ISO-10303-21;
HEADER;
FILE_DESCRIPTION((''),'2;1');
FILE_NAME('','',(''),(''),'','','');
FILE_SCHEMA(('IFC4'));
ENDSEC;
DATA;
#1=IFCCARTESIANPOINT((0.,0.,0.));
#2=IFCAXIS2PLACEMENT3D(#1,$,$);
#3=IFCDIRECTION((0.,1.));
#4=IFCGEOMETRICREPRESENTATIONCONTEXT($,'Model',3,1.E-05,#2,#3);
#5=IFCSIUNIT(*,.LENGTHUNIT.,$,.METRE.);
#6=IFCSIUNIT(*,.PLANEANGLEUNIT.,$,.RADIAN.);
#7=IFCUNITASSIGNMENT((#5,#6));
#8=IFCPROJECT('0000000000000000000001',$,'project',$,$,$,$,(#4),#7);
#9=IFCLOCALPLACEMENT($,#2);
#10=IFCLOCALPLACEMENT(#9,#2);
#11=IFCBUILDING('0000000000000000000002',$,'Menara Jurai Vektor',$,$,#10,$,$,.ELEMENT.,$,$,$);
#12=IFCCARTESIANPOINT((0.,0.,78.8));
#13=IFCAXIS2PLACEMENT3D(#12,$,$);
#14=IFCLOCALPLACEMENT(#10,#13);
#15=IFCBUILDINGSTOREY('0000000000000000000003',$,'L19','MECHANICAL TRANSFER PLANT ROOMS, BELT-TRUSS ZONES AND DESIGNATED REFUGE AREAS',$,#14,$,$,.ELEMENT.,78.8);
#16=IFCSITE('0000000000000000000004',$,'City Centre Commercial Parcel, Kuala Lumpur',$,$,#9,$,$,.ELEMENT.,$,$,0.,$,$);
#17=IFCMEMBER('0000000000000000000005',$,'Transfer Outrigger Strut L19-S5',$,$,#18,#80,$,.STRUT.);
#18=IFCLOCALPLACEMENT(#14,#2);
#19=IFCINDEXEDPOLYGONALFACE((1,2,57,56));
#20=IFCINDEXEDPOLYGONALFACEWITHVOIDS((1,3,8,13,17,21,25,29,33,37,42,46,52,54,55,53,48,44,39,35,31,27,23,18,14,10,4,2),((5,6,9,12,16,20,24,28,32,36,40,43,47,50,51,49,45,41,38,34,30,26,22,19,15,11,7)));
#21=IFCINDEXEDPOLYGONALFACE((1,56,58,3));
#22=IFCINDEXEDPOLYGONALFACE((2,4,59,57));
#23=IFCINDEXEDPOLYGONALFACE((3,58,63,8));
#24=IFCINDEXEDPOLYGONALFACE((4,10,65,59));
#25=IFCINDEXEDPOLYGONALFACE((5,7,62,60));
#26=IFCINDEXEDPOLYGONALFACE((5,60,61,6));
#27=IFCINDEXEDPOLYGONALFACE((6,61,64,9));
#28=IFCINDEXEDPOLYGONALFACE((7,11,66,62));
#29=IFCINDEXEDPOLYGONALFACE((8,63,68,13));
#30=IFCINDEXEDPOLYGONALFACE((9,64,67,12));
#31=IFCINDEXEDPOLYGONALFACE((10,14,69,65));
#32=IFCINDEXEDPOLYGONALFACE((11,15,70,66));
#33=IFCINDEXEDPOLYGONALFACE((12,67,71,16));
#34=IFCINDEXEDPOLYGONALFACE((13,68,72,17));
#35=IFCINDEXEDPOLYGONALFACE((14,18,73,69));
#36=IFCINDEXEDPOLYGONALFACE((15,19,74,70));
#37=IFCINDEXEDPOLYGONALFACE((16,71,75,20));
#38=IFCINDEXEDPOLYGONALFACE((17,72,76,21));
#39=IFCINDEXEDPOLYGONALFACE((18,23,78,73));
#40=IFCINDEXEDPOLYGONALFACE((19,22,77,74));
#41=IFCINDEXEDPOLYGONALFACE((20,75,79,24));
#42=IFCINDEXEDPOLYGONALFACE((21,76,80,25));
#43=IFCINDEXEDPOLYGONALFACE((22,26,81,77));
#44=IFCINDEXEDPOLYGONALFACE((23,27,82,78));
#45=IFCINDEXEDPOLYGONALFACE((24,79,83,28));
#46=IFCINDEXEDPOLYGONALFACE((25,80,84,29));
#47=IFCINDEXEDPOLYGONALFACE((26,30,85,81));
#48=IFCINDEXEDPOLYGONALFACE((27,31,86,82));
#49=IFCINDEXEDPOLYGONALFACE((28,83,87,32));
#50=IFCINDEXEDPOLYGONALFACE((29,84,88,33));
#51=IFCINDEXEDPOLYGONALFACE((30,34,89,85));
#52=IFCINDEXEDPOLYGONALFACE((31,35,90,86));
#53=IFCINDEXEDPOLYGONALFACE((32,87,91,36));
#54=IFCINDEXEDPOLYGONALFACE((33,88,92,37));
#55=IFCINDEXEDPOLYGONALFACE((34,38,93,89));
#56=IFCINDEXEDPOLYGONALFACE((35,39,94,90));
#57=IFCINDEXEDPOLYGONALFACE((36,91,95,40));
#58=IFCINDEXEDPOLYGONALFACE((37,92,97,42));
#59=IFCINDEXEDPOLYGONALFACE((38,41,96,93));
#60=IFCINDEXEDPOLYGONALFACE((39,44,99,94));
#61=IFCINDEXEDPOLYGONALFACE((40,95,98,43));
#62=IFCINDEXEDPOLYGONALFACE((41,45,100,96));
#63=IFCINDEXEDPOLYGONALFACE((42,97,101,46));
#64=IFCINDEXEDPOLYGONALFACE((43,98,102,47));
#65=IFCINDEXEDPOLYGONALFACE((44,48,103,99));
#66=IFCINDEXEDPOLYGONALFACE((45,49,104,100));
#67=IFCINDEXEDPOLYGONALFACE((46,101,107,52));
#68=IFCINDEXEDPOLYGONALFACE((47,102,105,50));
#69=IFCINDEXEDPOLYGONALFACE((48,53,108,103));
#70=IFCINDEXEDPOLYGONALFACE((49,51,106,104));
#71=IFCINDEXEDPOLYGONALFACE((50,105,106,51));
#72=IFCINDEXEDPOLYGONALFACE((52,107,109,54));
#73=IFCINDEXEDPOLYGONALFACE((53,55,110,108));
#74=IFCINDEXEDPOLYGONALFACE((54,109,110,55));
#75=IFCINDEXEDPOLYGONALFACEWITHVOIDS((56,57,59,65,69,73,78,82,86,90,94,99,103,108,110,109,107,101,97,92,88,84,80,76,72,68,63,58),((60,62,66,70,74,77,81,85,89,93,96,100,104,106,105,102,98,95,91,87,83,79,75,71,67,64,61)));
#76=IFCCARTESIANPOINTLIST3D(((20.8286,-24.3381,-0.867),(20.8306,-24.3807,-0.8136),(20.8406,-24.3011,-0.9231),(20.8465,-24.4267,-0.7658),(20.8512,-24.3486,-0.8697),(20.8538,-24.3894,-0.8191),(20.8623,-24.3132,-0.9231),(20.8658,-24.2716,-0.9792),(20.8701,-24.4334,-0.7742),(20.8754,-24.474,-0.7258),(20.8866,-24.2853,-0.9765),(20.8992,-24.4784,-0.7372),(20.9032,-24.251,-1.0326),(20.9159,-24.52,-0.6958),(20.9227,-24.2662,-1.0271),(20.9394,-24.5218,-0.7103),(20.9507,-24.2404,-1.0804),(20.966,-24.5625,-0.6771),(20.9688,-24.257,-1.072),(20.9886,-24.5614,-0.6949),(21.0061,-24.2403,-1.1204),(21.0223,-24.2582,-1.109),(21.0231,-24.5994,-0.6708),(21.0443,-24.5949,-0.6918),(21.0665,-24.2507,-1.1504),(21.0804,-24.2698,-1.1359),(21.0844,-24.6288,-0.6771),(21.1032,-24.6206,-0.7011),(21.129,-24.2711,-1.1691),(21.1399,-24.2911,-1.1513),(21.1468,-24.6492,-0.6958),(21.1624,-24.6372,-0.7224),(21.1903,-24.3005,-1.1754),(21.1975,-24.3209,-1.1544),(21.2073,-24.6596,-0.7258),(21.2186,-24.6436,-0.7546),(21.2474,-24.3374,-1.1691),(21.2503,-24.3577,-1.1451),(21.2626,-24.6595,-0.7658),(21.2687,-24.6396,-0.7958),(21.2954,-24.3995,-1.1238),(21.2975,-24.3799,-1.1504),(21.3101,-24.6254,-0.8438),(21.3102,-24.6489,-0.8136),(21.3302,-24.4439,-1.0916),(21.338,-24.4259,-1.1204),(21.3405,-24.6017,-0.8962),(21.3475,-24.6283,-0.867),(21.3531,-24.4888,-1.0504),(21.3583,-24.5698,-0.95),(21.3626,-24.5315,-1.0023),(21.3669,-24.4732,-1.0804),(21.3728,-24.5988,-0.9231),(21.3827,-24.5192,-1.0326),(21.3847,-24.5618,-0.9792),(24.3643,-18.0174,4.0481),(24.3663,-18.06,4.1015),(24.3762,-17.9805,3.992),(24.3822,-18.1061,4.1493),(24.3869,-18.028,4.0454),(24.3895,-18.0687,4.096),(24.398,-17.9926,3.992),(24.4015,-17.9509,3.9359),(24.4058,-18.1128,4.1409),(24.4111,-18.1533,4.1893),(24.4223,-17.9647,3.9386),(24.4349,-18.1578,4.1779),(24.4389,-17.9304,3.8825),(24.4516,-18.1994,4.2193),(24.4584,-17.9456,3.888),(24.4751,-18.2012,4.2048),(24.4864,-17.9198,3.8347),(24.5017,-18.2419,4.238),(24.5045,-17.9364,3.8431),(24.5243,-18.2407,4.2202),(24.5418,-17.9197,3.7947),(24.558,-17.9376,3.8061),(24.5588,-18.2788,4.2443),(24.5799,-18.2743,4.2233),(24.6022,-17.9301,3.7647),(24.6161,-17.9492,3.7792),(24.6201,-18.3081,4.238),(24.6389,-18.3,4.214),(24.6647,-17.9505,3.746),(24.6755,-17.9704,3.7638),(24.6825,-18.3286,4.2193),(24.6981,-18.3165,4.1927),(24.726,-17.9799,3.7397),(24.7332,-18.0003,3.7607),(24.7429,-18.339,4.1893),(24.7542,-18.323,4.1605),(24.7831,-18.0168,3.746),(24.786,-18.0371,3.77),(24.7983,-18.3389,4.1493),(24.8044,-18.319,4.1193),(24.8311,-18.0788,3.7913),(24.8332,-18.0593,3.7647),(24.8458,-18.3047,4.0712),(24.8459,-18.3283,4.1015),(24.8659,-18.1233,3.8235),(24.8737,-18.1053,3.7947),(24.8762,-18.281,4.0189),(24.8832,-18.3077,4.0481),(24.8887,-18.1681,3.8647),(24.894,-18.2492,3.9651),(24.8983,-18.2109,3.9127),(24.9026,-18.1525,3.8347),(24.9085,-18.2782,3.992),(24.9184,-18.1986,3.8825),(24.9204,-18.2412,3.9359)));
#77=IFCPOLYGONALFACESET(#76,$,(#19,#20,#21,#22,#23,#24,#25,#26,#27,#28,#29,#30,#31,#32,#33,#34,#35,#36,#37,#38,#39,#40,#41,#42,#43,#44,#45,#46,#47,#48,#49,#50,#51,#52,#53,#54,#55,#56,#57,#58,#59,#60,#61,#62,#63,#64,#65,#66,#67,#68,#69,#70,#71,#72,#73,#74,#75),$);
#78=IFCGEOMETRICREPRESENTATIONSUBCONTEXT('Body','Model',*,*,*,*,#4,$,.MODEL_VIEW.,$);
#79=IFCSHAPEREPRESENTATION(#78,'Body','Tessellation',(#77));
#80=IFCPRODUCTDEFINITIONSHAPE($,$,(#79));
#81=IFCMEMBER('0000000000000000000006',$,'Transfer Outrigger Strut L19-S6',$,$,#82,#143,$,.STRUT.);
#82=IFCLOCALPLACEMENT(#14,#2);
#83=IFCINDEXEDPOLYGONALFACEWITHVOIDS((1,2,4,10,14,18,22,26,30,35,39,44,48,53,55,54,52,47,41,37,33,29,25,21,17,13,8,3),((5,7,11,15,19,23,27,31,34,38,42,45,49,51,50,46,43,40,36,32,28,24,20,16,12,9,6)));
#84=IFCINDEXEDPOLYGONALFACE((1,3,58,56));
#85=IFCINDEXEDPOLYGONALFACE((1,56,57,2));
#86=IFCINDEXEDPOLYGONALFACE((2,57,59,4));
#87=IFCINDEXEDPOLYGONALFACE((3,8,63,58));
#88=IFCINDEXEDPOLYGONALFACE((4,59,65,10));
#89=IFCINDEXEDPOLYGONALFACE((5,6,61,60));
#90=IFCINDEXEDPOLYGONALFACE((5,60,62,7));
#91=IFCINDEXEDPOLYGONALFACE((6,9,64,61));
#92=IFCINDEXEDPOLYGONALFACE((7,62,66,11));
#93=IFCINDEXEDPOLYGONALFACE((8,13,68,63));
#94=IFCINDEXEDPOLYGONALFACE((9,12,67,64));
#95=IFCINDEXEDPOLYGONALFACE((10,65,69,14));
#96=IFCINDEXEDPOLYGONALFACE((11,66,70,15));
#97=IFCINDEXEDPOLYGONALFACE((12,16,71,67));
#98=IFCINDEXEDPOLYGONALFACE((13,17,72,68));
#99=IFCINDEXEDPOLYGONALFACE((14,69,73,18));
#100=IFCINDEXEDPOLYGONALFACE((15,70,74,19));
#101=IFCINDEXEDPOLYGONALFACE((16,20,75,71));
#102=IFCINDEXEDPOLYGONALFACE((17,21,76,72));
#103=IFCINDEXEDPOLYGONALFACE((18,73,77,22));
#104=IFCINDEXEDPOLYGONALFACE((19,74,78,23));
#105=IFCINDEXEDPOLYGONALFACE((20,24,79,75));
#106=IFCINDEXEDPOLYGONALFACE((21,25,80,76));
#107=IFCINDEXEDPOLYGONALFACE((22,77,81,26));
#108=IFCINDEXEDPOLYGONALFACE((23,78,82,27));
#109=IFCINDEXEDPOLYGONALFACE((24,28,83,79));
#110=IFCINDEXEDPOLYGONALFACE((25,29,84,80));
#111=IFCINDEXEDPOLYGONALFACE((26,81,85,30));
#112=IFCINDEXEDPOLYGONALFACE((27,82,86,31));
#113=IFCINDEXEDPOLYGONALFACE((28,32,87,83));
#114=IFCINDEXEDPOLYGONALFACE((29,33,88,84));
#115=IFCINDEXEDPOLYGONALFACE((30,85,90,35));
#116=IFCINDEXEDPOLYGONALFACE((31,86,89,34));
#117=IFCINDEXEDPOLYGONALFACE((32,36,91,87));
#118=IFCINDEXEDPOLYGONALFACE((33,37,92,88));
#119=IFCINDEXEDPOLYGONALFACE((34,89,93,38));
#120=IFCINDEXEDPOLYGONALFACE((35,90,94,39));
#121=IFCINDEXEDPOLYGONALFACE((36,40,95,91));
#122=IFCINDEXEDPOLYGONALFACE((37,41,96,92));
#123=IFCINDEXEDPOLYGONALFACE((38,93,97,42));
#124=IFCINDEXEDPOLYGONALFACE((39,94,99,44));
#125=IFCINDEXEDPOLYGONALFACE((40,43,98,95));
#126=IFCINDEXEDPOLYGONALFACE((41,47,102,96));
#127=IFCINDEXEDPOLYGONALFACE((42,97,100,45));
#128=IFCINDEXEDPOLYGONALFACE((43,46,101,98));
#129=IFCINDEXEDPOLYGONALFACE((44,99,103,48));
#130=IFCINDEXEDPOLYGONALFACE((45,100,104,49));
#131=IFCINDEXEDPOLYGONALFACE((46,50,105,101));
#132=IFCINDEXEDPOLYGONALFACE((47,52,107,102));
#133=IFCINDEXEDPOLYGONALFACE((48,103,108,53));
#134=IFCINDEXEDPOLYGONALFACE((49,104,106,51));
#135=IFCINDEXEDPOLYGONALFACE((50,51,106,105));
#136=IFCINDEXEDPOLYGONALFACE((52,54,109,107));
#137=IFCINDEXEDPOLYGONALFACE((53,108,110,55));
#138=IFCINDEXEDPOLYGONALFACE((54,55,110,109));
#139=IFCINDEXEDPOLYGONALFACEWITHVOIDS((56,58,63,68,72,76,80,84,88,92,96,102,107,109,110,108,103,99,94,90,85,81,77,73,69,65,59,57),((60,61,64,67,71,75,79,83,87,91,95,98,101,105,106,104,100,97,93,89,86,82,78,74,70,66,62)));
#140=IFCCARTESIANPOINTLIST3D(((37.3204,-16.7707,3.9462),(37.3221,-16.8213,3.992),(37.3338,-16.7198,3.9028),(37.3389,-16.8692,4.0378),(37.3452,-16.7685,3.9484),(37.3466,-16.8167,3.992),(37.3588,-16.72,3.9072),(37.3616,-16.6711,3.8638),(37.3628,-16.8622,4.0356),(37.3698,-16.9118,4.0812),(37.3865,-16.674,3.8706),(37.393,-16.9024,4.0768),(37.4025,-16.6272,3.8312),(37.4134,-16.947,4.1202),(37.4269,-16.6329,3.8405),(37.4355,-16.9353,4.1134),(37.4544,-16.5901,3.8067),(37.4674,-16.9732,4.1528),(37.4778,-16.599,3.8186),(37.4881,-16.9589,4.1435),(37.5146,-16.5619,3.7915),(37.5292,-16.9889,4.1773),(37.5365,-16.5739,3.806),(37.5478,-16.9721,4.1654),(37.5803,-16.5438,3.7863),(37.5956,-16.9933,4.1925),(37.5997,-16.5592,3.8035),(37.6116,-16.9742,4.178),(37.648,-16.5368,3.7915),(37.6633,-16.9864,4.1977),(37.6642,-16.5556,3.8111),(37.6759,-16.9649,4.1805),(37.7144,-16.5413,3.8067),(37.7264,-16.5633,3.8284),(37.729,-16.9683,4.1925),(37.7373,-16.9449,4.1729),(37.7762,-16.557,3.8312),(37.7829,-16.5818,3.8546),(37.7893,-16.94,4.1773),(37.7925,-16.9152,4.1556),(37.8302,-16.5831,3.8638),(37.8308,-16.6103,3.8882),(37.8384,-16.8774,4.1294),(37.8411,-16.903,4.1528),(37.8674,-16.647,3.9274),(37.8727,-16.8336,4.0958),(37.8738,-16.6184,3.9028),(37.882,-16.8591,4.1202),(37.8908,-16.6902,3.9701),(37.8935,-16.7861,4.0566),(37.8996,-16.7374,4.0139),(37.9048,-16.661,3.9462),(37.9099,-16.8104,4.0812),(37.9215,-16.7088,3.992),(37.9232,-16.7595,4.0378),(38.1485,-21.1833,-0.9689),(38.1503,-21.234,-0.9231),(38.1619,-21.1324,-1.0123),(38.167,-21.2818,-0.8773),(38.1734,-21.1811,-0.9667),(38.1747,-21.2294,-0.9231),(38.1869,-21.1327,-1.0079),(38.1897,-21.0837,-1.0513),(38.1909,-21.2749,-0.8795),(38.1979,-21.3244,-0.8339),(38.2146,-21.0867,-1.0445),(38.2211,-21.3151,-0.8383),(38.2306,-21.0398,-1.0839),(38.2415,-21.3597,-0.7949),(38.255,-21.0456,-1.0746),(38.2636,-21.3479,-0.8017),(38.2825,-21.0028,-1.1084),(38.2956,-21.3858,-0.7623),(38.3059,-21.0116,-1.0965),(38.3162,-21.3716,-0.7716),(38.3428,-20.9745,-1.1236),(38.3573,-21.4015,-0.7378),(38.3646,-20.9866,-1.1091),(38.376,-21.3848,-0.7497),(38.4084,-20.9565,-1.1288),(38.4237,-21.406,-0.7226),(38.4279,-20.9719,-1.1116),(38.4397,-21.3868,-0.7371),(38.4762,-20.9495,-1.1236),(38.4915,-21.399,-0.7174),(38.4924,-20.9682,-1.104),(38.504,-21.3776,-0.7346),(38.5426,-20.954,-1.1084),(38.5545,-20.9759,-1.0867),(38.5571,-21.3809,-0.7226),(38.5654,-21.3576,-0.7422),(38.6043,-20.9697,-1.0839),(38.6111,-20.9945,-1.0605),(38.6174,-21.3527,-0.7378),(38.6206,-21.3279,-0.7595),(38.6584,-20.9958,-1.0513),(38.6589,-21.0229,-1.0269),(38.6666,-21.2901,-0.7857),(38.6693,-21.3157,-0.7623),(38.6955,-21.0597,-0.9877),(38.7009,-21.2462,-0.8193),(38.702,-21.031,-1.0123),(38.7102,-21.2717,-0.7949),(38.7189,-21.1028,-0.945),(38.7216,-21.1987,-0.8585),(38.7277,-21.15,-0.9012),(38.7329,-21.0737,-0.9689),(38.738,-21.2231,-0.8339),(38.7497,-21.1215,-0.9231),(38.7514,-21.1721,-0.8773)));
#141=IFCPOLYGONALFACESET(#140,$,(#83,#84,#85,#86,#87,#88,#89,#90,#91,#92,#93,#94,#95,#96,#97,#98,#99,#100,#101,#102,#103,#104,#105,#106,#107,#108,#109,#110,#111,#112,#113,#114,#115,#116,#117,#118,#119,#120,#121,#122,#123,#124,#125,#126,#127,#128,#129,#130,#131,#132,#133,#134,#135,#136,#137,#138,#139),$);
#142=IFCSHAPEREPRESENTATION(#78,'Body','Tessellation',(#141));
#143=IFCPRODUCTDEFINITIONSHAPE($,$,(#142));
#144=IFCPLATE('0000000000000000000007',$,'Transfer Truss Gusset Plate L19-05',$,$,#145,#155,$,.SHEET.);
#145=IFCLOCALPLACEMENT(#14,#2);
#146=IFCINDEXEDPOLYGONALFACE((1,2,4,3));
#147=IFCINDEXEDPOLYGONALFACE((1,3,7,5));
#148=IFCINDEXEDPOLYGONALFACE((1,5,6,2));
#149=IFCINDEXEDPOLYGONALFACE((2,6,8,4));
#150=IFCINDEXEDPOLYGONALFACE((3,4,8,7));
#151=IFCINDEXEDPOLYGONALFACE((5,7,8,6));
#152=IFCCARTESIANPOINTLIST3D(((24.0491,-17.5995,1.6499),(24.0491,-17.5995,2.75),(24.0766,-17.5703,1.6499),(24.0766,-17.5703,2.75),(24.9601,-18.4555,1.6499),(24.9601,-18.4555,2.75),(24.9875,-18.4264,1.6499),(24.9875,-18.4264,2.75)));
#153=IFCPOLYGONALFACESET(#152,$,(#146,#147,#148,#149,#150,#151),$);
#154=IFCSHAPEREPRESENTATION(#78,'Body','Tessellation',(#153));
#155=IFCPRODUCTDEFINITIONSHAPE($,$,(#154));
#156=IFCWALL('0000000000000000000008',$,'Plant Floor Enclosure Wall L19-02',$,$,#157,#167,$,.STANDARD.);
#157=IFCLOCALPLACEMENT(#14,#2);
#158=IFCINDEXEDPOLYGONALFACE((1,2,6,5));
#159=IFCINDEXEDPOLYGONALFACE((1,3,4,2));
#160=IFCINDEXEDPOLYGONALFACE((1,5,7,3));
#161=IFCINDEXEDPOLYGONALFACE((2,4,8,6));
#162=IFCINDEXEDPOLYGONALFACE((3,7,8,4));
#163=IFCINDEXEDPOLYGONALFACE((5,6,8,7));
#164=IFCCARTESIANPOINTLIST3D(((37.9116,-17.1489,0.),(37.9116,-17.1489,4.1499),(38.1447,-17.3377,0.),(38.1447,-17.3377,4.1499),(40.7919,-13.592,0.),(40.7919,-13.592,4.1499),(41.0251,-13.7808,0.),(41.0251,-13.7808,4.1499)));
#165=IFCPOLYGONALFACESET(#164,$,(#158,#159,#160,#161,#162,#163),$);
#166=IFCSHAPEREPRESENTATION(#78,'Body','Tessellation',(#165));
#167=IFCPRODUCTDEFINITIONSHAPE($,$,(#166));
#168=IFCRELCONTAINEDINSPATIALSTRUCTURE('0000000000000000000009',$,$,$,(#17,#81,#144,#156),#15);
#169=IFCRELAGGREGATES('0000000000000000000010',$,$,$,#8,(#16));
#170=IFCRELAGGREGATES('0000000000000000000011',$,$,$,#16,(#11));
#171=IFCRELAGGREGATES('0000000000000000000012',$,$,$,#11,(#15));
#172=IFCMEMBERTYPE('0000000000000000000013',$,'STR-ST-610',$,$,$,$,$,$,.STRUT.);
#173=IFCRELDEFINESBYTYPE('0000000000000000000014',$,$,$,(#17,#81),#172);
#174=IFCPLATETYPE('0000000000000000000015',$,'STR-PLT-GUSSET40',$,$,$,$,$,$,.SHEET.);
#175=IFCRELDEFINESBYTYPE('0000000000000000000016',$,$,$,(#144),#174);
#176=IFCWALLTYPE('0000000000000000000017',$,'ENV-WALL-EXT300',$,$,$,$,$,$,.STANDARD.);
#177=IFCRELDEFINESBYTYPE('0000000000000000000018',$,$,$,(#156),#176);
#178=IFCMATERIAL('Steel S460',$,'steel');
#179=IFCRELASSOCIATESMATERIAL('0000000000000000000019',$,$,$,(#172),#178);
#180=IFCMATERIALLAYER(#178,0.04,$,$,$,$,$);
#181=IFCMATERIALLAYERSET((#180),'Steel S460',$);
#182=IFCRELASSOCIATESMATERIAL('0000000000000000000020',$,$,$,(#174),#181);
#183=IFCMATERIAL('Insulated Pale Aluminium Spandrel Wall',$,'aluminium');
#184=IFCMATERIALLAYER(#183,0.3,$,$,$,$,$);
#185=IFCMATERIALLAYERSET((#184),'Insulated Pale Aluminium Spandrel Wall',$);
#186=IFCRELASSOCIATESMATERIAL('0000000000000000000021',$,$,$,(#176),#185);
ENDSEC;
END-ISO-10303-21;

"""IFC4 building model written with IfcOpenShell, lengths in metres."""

from ifc_helpers import new_model, si_unit, direction, frame, frame_2d, origin, origin_2d, place, context, subcontext, project, spatial, rectangle, hollow_circle, extrude, material, layer, layer_set, material_profile, profile_set, type_object, element, save


model = new_model("IFC4")

# Units and contexts
model_context = context("Model", 3, precision=1e-05, world=origin(), true_north=direction((0.0, 1.0)))
body_context = subcontext(model_context, "Body", "Model", "MODEL_VIEW")
ifc_project = project(units=[si_unit("LENGTHUNIT", "METRE"), si_unit("PLANEANGLEUNIT", "RADIAN")], contexts=[model_context])

# Site, building, storey
site_placement = place(None, origin())
site = spatial("IfcSite", under=ifc_project, at=site_placement, Name="City Centre Commercial Parcel, Kuala Lumpur", CompositionType="ELEMENT", RefElevation=0.0)
building_placement = place(site_placement, origin())
building = spatial("IfcBuilding", under=site, at=building_placement, Name="Menara Jurai Vektor", CompositionType="ELEMENT")
storey_placement = place(building_placement, frame((0.0, 0.0, 78.8)))
storey = spatial("IfcBuildingStorey", under=building, at=storey_placement, Name="L19", Description="MECHANICAL TRANSFER PLANT ROOMS, BELT-TRUSS ZONES AND DESIGNATED REFUGE AREAS", CompositionType="ELEMENT", Elevation=78.8)

# Shared definitions
ifc_material_1 = material(Name="Steel S460", Category="steel")

# Members
ifc_material_profile_1 = material_profile(ifc_material_1, hollow_circle(Radius=0.3049, WallThickness=0.0249, at=origin_2d()), Name="CHS 610x25")
ifc_profile_set_1 = profile_set([ifc_material_profile_1], Name="Steel S460")
member_type_1 = type_object("IfcMemberType", Name="STR-ST-610", PredefinedType="STRUT", material=ifc_profile_set_1)
member_1_placement = place(storey_placement, frame((21.1067, -24.45, -0.9231), z_axis=(0.403954, 0.722136, 0.561553), x_axis=(-0.872734, 0.488197, 0.0)))
element("IfcMember", 1, at=member_1_placement, inside=storey, type_object=member_type_1, Name="Transfer Outrigger Strut L19-S5", PredefinedType="STRUT", context=body_context, shape_type="SweptSolid", body=[
    extrude(hollow_circle(Radius=0.3049, WallThickness=0.0249, at=origin_2d()), origin(), (0.0, 0.0, 1.0), 8.7527),
])
member_2_placement = place(storey_placement, frame((38.45, -21.1777, -0.9231), z_axis=(-0.124401, 0.66286, 0.738337), x_axis=(-0.982841, -0.184453, 0.0)))
element("IfcMember", 2, at=member_2_placement, inside=storey, type_object=member_type_1, Name="Transfer Outrigger Strut L19-S6", PredefinedType="STRUT", context=body_context, shape_type="SweptSolid", body=[
    extrude(hollow_circle(Radius=0.3049, WallThickness=0.0249, at=origin_2d()), origin(), (0.0, 0.0, 1.0), 6.657),
])

# Plate
ifc_layer_1 = layer(ifc_material_1, 0.04)
ifc_layer_set_1 = layer_set([ifc_layer_1], Name="Steel S460")
plate_type = type_object("IfcPlateType", Name="STR-PLT-GUSSET40", PredefinedType="SHEET", material=ifc_layer_set_1)
plate_placement = place(storey_placement, frame((24.5183, -18.0129, 1.6499), z_axis=(0.0, 0.0, 1.0), x_axis=(-0.72873, 0.684802, 0.0)))
element("IfcPlate", 3, at=plate_placement, inside=storey, type_object=plate_type, Name="Transfer Truss Gusset Plate L19-05", PredefinedType="SHEET", context=body_context, shape_type="SweptSolid", body=[
    extrude(rectangle(XDim=1.25, YDim=0.04, at=origin_2d()), origin(), (0.0, 0.0, 1.0), 1.1001),
])

# Wall
ifc_material_2 = material(Name="Insulated Pale Aluminium Spandrel Wall", Category="aluminium")
ifc_layer_2 = layer(ifc_material_2, 0.3)
ifc_layer_set_2 = layer_set([ifc_layer_2], Name="Insulated Pale Aluminium Spandrel Wall")
wall_type = type_object("IfcWallType", Name="ENV-WALL-EXT300", PredefinedType="STANDARD", material=ifc_layer_set_2)
wall_placement = place(storey_placement, frame((38.0281, -17.2434, 0.0), z_axis=(0.0, 0.0, 1.0), x_axis=(0.629329, 0.777139, 0.0)))
element("IfcWall", 4, at=wall_placement, inside=storey, type_object=wall_type, Name="Plant Floor Enclosure Wall L19-02", PredefinedType="STANDARD", context=body_context, shape_type="SweptSolid", body=[
    extrude(rectangle(XDim=4.5769, YDim=0.3, at=frame_2d((2.2886, 0.0))), origin(), (0.0, 0.0, 1.0), 4.1499),
])

save(model, "model.ifc")
